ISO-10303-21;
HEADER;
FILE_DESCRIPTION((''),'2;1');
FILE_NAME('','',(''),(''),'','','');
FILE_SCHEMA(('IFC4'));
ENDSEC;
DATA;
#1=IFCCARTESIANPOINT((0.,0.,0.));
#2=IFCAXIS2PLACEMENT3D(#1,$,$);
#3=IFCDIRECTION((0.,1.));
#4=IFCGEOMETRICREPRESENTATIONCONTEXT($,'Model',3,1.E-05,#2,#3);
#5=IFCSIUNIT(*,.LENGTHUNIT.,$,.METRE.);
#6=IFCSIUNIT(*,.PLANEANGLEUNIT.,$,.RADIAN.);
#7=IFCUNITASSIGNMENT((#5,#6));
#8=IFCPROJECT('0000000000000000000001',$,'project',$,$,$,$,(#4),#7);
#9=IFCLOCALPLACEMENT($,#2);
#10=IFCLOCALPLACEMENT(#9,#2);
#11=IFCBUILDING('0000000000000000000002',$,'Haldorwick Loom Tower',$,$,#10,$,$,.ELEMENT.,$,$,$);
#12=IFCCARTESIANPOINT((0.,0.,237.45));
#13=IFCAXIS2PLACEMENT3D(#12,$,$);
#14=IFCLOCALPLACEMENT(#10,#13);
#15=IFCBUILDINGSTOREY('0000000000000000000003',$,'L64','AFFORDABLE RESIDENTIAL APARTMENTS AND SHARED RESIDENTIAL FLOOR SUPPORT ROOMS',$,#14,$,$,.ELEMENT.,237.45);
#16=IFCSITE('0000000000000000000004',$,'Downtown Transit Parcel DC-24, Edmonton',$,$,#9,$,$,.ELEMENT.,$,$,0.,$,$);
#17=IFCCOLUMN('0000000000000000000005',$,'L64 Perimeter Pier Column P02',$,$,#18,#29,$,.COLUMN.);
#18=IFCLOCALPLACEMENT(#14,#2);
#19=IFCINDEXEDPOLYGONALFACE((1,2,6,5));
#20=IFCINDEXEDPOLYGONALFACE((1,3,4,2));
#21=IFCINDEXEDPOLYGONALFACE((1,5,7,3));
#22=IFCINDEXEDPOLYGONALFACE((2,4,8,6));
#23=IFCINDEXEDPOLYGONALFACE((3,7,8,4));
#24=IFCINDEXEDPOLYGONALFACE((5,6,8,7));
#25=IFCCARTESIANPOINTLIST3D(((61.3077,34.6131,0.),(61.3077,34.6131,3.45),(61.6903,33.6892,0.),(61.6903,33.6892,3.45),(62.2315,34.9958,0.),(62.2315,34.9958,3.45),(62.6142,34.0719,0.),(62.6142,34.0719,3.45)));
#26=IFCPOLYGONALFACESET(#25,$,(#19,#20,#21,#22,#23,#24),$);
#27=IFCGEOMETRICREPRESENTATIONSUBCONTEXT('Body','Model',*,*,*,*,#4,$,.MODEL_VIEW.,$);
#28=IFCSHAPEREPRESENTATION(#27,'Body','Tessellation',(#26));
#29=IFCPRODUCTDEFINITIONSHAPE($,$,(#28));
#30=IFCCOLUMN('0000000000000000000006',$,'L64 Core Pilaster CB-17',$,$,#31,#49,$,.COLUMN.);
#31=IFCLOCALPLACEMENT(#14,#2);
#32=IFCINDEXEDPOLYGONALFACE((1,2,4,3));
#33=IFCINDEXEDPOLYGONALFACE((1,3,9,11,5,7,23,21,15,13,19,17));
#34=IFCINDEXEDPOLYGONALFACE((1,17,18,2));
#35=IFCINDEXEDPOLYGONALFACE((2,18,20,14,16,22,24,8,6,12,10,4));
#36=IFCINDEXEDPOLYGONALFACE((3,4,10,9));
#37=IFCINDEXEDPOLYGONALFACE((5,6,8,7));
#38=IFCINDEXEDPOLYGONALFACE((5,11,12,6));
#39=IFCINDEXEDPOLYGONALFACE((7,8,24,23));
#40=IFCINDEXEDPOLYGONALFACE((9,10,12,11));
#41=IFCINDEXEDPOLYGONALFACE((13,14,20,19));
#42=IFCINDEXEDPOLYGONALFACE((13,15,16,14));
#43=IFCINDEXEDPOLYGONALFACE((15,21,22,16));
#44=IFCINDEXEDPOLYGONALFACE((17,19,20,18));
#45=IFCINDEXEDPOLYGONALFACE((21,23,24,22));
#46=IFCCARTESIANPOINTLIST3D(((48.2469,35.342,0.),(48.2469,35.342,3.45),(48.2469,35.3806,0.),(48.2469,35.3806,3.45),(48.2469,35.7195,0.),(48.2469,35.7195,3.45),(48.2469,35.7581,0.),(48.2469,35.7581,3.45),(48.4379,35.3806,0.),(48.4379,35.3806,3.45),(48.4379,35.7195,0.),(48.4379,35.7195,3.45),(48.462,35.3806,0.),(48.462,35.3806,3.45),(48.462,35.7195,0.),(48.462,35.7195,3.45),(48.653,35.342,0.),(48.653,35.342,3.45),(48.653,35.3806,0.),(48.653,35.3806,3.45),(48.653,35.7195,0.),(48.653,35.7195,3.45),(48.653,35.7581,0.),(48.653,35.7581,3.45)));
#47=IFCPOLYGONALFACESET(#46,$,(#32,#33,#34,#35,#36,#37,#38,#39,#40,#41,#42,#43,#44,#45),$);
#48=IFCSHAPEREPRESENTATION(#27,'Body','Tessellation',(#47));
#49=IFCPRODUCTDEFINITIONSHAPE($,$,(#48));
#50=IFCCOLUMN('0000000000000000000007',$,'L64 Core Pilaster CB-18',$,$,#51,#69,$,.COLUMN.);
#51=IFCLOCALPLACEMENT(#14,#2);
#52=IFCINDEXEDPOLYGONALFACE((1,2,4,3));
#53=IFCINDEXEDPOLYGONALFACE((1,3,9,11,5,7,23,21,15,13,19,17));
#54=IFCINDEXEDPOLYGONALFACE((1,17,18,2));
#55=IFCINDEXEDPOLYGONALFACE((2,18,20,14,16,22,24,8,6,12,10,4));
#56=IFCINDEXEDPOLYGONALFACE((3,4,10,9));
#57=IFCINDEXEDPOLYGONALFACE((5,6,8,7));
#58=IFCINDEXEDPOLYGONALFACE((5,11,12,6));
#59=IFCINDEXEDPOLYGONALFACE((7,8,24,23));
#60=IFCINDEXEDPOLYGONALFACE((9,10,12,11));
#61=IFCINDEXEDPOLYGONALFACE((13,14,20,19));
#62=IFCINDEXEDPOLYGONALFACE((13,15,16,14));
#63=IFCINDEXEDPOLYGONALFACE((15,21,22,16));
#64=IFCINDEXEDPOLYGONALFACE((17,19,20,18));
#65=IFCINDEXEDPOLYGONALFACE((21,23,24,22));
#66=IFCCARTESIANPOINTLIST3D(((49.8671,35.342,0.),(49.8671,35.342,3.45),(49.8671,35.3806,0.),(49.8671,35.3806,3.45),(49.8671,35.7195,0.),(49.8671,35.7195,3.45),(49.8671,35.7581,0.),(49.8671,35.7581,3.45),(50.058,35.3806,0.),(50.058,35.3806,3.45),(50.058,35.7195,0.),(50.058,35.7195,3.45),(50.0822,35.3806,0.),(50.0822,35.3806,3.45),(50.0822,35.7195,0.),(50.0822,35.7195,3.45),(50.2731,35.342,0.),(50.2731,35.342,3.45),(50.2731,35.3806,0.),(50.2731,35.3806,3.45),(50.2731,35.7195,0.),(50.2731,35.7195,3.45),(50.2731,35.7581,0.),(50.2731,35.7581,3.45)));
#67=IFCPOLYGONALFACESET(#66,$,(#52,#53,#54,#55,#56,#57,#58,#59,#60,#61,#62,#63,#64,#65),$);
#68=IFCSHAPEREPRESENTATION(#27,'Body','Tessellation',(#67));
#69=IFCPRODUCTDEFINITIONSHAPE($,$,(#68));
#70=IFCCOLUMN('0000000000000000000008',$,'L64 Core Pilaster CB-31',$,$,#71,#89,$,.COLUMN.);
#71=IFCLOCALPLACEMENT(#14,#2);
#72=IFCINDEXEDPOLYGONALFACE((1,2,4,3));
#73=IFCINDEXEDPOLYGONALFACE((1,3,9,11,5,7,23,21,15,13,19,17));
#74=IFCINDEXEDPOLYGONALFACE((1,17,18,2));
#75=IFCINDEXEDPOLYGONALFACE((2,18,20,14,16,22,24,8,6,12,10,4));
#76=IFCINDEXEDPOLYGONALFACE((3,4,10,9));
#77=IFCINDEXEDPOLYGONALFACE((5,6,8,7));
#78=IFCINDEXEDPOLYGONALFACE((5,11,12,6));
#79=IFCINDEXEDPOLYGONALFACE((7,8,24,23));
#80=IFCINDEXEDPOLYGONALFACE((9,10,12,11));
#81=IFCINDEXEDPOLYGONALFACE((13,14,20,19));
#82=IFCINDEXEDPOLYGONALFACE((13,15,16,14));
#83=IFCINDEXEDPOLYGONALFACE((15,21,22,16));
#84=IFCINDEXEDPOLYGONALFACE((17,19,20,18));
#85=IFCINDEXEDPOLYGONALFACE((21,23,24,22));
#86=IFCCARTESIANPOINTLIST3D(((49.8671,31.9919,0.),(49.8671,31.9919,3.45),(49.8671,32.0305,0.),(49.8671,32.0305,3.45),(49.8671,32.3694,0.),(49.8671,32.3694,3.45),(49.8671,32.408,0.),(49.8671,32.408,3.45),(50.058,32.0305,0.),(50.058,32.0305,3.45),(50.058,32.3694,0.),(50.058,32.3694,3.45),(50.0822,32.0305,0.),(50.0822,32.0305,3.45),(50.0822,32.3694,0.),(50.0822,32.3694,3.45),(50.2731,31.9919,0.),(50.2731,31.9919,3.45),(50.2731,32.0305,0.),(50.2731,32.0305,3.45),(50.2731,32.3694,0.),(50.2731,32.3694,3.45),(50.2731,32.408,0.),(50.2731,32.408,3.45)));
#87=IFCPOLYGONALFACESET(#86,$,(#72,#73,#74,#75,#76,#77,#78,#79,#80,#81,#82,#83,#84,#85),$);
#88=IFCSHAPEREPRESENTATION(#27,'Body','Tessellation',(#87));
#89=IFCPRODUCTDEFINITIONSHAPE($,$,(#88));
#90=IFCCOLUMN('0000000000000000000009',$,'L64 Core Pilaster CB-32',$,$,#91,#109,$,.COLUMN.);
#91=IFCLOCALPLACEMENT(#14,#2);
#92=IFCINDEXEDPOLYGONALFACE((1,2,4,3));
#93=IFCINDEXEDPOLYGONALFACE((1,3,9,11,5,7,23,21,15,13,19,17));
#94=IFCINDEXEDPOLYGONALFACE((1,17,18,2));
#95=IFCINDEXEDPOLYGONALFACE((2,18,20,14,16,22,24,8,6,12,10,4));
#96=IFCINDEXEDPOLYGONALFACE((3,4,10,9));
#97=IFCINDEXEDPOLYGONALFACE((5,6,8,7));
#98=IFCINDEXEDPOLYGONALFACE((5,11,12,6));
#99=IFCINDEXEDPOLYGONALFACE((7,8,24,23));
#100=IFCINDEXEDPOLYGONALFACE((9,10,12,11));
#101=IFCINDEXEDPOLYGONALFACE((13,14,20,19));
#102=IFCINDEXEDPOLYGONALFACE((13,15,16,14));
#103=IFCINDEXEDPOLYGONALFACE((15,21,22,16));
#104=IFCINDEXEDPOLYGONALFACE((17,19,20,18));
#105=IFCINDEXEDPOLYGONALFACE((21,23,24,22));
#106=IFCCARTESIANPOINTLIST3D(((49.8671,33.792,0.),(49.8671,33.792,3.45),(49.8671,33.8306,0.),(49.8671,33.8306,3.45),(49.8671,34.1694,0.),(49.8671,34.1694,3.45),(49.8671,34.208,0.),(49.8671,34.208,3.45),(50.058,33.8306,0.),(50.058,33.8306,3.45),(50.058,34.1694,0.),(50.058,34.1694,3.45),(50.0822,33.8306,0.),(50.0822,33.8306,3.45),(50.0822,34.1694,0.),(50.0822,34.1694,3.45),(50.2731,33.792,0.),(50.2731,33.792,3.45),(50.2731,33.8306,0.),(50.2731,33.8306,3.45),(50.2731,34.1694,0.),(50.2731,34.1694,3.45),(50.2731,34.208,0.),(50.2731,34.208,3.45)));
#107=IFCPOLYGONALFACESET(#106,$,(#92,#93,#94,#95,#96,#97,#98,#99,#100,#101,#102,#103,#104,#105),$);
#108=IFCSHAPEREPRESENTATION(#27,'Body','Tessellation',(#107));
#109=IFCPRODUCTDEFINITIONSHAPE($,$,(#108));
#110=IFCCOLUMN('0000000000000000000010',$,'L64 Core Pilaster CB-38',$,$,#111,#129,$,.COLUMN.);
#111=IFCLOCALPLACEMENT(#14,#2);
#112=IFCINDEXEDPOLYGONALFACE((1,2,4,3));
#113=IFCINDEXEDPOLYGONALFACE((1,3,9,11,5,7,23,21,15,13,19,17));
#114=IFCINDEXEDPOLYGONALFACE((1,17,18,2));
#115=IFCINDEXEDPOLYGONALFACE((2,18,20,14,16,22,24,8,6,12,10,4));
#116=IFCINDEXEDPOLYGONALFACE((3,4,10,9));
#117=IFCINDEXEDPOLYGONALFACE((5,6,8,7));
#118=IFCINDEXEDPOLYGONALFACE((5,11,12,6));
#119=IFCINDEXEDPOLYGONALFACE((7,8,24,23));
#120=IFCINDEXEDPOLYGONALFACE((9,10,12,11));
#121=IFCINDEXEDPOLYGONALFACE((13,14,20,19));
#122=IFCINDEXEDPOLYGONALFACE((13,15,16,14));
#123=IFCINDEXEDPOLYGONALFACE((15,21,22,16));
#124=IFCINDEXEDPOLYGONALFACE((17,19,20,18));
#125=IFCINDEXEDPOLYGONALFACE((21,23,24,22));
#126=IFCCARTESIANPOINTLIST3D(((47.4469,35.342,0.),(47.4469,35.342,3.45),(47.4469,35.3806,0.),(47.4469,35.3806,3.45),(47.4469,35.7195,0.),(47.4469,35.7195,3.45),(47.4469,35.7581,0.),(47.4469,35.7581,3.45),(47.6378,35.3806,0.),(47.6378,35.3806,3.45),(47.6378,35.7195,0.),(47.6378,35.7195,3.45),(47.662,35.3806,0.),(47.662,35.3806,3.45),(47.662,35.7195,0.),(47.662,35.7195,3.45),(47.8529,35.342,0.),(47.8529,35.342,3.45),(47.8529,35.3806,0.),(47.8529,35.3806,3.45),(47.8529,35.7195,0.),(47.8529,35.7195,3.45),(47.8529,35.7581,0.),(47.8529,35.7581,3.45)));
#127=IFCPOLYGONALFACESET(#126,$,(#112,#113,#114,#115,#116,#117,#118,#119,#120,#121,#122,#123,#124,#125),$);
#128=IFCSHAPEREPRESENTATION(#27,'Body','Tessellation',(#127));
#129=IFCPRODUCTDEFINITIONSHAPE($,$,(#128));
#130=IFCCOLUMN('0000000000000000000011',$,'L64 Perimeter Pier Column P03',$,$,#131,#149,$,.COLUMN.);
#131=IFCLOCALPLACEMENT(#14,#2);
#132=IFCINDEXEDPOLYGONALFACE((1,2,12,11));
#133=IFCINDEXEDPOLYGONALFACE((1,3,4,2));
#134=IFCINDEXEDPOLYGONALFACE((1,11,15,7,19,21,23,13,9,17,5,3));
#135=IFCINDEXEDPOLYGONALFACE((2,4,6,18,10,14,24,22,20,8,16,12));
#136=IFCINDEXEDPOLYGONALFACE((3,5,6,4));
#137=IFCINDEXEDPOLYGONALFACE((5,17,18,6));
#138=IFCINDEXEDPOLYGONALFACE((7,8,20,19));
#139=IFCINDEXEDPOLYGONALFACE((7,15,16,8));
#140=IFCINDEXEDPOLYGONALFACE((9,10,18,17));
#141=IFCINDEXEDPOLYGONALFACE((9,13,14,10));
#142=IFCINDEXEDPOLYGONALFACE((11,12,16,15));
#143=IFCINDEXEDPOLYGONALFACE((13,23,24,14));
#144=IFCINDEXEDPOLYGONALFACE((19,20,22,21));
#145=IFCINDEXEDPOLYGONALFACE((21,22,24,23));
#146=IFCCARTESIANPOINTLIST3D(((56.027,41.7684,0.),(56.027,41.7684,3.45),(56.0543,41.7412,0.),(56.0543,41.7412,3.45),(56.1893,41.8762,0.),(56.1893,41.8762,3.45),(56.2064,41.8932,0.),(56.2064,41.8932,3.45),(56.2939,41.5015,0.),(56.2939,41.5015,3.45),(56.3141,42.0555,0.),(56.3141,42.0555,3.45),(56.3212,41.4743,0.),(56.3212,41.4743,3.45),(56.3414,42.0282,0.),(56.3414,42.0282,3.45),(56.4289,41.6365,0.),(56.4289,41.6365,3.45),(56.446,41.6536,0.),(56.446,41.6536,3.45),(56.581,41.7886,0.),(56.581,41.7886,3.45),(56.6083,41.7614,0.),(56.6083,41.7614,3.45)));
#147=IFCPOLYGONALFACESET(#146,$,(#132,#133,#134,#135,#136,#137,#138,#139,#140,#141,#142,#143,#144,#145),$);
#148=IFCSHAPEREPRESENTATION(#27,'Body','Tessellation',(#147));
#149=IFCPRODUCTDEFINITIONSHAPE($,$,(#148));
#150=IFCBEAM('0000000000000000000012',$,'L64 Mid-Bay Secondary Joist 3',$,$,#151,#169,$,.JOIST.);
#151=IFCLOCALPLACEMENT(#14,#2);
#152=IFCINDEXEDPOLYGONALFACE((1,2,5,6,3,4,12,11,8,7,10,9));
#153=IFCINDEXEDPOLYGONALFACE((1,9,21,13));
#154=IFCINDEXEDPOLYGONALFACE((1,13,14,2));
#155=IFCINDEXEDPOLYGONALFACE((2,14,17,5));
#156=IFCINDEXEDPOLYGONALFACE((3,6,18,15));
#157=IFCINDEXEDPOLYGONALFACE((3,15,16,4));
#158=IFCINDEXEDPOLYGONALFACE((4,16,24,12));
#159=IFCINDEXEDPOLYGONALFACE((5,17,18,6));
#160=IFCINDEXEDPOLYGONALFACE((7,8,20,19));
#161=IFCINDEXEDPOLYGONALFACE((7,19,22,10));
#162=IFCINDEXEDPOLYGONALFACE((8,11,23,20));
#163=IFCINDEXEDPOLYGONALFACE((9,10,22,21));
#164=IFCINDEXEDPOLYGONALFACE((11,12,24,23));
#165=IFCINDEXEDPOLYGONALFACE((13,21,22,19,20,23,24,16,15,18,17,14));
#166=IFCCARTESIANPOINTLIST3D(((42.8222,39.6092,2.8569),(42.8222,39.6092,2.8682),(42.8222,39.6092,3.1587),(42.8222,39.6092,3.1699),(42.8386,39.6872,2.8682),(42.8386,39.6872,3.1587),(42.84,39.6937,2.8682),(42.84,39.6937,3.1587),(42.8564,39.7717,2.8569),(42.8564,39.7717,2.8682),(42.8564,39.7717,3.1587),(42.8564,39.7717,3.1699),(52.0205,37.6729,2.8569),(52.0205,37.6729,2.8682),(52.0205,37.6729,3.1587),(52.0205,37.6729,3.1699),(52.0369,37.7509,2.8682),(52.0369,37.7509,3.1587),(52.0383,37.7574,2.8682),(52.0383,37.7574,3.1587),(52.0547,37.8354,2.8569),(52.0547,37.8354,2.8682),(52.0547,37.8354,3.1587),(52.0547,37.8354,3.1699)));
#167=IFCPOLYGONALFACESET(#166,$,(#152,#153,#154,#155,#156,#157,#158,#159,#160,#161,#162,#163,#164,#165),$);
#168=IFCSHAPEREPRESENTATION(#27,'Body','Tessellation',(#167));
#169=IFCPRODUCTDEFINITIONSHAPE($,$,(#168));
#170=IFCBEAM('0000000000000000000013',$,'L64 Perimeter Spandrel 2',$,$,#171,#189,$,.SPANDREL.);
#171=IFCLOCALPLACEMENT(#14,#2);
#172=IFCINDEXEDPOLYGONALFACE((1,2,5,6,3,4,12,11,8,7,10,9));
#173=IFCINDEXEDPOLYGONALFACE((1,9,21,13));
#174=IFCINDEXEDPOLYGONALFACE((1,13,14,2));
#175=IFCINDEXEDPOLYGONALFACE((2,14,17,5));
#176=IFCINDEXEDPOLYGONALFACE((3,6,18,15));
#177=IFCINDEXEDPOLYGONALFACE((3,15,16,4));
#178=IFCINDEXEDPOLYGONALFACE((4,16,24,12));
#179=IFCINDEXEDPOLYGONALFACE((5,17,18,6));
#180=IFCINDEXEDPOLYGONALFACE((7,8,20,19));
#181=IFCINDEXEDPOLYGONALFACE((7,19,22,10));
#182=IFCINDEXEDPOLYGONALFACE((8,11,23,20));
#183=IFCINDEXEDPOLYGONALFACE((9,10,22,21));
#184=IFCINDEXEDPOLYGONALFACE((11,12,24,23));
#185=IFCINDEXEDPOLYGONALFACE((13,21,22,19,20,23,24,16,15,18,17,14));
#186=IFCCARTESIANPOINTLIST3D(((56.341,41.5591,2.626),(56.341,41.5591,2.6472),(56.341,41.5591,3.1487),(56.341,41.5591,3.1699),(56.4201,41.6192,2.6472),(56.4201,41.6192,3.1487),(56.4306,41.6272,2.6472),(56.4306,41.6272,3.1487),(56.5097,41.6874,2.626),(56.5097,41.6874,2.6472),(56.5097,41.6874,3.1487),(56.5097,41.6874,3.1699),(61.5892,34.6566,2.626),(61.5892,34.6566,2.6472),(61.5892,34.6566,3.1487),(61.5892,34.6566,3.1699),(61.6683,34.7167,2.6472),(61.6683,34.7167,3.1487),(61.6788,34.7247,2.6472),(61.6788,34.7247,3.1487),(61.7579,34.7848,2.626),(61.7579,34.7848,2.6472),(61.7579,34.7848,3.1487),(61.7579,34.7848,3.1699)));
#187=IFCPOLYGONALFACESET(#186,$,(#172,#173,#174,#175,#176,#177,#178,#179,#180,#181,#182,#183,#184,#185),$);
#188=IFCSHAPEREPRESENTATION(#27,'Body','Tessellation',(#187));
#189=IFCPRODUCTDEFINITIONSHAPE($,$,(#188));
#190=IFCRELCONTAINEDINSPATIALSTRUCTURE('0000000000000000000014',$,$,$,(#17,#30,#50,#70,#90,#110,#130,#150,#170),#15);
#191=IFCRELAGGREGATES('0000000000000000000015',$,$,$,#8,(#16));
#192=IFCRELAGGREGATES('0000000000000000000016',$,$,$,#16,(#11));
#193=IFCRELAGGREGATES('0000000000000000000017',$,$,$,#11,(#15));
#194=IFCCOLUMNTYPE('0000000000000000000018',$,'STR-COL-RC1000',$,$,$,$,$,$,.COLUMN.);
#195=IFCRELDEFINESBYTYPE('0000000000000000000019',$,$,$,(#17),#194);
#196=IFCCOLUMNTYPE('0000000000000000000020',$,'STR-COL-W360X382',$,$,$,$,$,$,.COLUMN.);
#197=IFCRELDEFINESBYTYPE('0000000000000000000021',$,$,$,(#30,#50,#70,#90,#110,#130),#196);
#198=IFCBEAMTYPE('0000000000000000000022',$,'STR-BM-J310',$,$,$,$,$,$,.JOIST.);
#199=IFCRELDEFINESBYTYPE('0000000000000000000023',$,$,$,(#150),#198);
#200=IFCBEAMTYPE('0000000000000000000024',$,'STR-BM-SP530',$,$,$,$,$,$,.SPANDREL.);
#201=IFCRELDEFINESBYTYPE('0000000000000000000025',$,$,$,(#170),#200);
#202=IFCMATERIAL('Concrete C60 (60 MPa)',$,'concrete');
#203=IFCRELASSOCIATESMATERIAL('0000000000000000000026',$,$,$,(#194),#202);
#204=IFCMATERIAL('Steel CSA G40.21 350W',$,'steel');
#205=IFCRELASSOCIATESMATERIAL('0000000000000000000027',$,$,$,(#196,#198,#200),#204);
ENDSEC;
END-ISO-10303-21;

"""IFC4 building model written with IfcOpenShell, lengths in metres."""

from ifc_helpers import new_model, si_unit, direction, frame, origin, origin_2d, place, context, subcontext, project, spatial, rectangle, i_section, extrude, material, material_profile, profile_set, type_object, element, save


model = new_model("IFC4")

# Units and contexts
model_context = context("Model", 3, precision=1e-05, world=origin(), true_north=direction((0.0, 1.0)))
body_context = subcontext(model_context, "Body", "Model", "MODEL_VIEW")
ifc_project = project(units=[si_unit("LENGTHUNIT", "METRE"), si_unit("PLANEANGLEUNIT", "RADIAN")], contexts=[model_context])

# Site, building, storey
site_placement = place(None, origin())
site = spatial("IfcSite", under=ifc_project, at=site_placement, Name="Downtown Transit Parcel DC-24, Edmonton", CompositionType="ELEMENT", RefElevation=0.0)
building_placement = place(site_placement, origin())
building = spatial("IfcBuilding", under=site, at=building_placement, Name="Haldorwick Loom Tower", CompositionType="ELEMENT")
storey_placement = place(building_placement, frame((0.0, 0.0, 237.45)))
storey = spatial("IfcBuildingStorey", under=building, at=storey_placement, Name="L64", Description="AFFORDABLE RESIDENTIAL APARTMENTS AND SHARED RESIDENTIAL FLOOR SUPPORT ROOMS", CompositionType="ELEMENT", Elevation=237.45)

# Columns
ifc_material_1 = material(Name="Concrete C60 (60 MPa)", Category="concrete")
ifc_material_profile_1 = material_profile(ifc_material_1, rectangle(XDim=1.0, YDim=1.0, at=origin_2d()), Name="RC1000X1000", Category="concrete")
ifc_profile_set_1 = profile_set([ifc_material_profile_1], Name="Concrete C60 (60 MPa)")
column_type_1 = type_object("IfcColumnType", Name="STR-COL-RC1000", PredefinedType="COLUMN", material=ifc_profile_set_1)
column_placement = place(storey_placement, frame((61.9609, 34.3425, 0.0), z_axis=(0.0, 0.0, 1.0), x_axis=(0.92388, 0.382683, 0.0)))
element("IfcColumn", 1, at=column_placement, inside=storey, type_object=column_type_1, Name="L64 Perimeter Pier Column P02", PredefinedType="COLUMN", context=body_context, shape_type="SweptSolid", body=[
    extrude(rectangle(XDim=1.0, YDim=1.0, at=origin_2d()), origin(), (0.0, 0.0, 1.0), 3.45),
])
ifc_material_2 = material(Name="Steel CSA G40.21 350W", Category="steel")
ifc_material_profile_2 = material_profile(ifc_material_2, i_section(OverallWidth=0.406, OverallDepth=0.416, WebThickness=0.0242, FlangeThickness=0.0386, at=origin_2d()), Name="W360X382", Category="steel")
ifc_profile_set_2 = profile_set([ifc_material_profile_2], Name="Steel CSA G40.21 350W")
column_type_2 = type_object("IfcColumnType", Name="STR-COL-W360X382", PredefinedType="COLUMN", material=ifc_profile_set_2)
for number, where, z_axis, x_axis, name in (
    (2, (48.45, 35.55, 0.0), (0.0, 0.0, 1.0), (1.0, 0.0, 0.0), "L64 Core Pilaster CB-17"),
    (3, (50.0701, 35.55, 0.0), (0.0, 0.0, 1.0), (1.0, 0.0, 0.0), "L64 Core Pilaster CB-18"),
    (4, (50.0701, 32.2, 0.0), (0.0, 0.0, 1.0), (1.0, 0.0, 0.0), "L64 Core Pilaster CB-31"),
    (5, (50.0701, 34.0, 0.0), (0.0, 0.0, 1.0), (1.0, 0.0, 0.0), "L64 Core Pilaster CB-32"),
    (6, (47.6499, 35.55, 0.0), (0.0, 0.0, 1.0), (1.0, 0.0, 0.0), "L64 Core Pilaster CB-38"),
    (7, (56.3176, 41.7649, 0.0), (0.0, 0.0, 1.0), (0.707107, 0.707107, 0.0), "L64 Perimeter Pier Column P03"),
):
    element("IfcColumn", number, at=place(storey_placement, frame(where, z_axis=z_axis, x_axis=x_axis)), inside=storey, type_object=column_type_2, Name=name, PredefinedType="COLUMN", context=body_context, shape_type="SweptSolid", body=[
        extrude(i_section(OverallWidth=0.406, OverallDepth=0.416, WebThickness=0.0242, FlangeThickness=0.0386, at=origin_2d()), origin(), (0.0, 0.0, 1.0), 3.45),
    ])

# Beams
ifc_material_profile_3 = material_profile(ifc_material_2, i_section(OverallWidth=0.166, OverallDepth=0.313, WebThickness=0.0066, FlangeThickness=0.0112, at=origin_2d()), Name="W310X45", Category="steel")
ifc_profile_set_3 = profile_set([ifc_material_profile_3], Name="Steel CSA G40.21 350W")
beam_type_1 = type_object("IfcBeamType", Name="STR-BM-J310", PredefinedType="JOIST", material=ifc_profile_set_3)
beam_1_placement = place(storey_placement, frame((52.0376, 37.7542, 3.0134), z_axis=(-0.978554, 0.205991, 0.0), x_axis=(-0.205991, -0.978554, 0.0)))
element("IfcBeam", 8, at=beam_1_placement, inside=storey, type_object=beam_type_1, Name="L64 Mid-Bay Secondary Joist 3", PredefinedType="JOIST", context=body_context, shape_type="SweptSolid", body=[
    extrude(i_section(OverallWidth=0.166, OverallDepth=0.313, WebThickness=0.0066, FlangeThickness=0.0112, at=origin_2d()), origin(), (0.0, 0.0, 1.0), 9.3999),
])
ifc_material_profile_4 = material_profile(ifc_material_2, i_section(OverallWidth=0.2119, OverallDepth=0.5439, WebThickness=0.0132, FlangeThickness=0.0212, at=origin_2d()), Name="W530X123", Category="steel")
ifc_profile_set_4 = profile_set([ifc_material_profile_4], Name="Steel CSA G40.21 350W")
beam_type_2 = type_object("IfcBeamType", Name="STR-BM-SP530", PredefinedType="SPANDREL", material=ifc_profile_set_4)
beam_2_placement = place(storey_placement, frame((61.6736, 34.7207, 2.8979), z_axis=(-0.605253, 0.796033, 0.0), x_axis=(-0.796033, -0.605253, 0.0)))
element("IfcBeam", 9, at=beam_2_placement, inside=storey, type_object=beam_type_2, Name="L64 Perimeter Spandrel 2", PredefinedType="SPANDREL", context=body_context, shape_type="SweptSolid", body=[
    extrude(i_section(OverallWidth=0.2119, OverallDepth=0.5439, WebThickness=0.0132, FlangeThickness=0.0212, at=origin_2d()), origin(), (0.0, 0.0, 1.0), 8.6711),
])

save(model, "model.ifc")
